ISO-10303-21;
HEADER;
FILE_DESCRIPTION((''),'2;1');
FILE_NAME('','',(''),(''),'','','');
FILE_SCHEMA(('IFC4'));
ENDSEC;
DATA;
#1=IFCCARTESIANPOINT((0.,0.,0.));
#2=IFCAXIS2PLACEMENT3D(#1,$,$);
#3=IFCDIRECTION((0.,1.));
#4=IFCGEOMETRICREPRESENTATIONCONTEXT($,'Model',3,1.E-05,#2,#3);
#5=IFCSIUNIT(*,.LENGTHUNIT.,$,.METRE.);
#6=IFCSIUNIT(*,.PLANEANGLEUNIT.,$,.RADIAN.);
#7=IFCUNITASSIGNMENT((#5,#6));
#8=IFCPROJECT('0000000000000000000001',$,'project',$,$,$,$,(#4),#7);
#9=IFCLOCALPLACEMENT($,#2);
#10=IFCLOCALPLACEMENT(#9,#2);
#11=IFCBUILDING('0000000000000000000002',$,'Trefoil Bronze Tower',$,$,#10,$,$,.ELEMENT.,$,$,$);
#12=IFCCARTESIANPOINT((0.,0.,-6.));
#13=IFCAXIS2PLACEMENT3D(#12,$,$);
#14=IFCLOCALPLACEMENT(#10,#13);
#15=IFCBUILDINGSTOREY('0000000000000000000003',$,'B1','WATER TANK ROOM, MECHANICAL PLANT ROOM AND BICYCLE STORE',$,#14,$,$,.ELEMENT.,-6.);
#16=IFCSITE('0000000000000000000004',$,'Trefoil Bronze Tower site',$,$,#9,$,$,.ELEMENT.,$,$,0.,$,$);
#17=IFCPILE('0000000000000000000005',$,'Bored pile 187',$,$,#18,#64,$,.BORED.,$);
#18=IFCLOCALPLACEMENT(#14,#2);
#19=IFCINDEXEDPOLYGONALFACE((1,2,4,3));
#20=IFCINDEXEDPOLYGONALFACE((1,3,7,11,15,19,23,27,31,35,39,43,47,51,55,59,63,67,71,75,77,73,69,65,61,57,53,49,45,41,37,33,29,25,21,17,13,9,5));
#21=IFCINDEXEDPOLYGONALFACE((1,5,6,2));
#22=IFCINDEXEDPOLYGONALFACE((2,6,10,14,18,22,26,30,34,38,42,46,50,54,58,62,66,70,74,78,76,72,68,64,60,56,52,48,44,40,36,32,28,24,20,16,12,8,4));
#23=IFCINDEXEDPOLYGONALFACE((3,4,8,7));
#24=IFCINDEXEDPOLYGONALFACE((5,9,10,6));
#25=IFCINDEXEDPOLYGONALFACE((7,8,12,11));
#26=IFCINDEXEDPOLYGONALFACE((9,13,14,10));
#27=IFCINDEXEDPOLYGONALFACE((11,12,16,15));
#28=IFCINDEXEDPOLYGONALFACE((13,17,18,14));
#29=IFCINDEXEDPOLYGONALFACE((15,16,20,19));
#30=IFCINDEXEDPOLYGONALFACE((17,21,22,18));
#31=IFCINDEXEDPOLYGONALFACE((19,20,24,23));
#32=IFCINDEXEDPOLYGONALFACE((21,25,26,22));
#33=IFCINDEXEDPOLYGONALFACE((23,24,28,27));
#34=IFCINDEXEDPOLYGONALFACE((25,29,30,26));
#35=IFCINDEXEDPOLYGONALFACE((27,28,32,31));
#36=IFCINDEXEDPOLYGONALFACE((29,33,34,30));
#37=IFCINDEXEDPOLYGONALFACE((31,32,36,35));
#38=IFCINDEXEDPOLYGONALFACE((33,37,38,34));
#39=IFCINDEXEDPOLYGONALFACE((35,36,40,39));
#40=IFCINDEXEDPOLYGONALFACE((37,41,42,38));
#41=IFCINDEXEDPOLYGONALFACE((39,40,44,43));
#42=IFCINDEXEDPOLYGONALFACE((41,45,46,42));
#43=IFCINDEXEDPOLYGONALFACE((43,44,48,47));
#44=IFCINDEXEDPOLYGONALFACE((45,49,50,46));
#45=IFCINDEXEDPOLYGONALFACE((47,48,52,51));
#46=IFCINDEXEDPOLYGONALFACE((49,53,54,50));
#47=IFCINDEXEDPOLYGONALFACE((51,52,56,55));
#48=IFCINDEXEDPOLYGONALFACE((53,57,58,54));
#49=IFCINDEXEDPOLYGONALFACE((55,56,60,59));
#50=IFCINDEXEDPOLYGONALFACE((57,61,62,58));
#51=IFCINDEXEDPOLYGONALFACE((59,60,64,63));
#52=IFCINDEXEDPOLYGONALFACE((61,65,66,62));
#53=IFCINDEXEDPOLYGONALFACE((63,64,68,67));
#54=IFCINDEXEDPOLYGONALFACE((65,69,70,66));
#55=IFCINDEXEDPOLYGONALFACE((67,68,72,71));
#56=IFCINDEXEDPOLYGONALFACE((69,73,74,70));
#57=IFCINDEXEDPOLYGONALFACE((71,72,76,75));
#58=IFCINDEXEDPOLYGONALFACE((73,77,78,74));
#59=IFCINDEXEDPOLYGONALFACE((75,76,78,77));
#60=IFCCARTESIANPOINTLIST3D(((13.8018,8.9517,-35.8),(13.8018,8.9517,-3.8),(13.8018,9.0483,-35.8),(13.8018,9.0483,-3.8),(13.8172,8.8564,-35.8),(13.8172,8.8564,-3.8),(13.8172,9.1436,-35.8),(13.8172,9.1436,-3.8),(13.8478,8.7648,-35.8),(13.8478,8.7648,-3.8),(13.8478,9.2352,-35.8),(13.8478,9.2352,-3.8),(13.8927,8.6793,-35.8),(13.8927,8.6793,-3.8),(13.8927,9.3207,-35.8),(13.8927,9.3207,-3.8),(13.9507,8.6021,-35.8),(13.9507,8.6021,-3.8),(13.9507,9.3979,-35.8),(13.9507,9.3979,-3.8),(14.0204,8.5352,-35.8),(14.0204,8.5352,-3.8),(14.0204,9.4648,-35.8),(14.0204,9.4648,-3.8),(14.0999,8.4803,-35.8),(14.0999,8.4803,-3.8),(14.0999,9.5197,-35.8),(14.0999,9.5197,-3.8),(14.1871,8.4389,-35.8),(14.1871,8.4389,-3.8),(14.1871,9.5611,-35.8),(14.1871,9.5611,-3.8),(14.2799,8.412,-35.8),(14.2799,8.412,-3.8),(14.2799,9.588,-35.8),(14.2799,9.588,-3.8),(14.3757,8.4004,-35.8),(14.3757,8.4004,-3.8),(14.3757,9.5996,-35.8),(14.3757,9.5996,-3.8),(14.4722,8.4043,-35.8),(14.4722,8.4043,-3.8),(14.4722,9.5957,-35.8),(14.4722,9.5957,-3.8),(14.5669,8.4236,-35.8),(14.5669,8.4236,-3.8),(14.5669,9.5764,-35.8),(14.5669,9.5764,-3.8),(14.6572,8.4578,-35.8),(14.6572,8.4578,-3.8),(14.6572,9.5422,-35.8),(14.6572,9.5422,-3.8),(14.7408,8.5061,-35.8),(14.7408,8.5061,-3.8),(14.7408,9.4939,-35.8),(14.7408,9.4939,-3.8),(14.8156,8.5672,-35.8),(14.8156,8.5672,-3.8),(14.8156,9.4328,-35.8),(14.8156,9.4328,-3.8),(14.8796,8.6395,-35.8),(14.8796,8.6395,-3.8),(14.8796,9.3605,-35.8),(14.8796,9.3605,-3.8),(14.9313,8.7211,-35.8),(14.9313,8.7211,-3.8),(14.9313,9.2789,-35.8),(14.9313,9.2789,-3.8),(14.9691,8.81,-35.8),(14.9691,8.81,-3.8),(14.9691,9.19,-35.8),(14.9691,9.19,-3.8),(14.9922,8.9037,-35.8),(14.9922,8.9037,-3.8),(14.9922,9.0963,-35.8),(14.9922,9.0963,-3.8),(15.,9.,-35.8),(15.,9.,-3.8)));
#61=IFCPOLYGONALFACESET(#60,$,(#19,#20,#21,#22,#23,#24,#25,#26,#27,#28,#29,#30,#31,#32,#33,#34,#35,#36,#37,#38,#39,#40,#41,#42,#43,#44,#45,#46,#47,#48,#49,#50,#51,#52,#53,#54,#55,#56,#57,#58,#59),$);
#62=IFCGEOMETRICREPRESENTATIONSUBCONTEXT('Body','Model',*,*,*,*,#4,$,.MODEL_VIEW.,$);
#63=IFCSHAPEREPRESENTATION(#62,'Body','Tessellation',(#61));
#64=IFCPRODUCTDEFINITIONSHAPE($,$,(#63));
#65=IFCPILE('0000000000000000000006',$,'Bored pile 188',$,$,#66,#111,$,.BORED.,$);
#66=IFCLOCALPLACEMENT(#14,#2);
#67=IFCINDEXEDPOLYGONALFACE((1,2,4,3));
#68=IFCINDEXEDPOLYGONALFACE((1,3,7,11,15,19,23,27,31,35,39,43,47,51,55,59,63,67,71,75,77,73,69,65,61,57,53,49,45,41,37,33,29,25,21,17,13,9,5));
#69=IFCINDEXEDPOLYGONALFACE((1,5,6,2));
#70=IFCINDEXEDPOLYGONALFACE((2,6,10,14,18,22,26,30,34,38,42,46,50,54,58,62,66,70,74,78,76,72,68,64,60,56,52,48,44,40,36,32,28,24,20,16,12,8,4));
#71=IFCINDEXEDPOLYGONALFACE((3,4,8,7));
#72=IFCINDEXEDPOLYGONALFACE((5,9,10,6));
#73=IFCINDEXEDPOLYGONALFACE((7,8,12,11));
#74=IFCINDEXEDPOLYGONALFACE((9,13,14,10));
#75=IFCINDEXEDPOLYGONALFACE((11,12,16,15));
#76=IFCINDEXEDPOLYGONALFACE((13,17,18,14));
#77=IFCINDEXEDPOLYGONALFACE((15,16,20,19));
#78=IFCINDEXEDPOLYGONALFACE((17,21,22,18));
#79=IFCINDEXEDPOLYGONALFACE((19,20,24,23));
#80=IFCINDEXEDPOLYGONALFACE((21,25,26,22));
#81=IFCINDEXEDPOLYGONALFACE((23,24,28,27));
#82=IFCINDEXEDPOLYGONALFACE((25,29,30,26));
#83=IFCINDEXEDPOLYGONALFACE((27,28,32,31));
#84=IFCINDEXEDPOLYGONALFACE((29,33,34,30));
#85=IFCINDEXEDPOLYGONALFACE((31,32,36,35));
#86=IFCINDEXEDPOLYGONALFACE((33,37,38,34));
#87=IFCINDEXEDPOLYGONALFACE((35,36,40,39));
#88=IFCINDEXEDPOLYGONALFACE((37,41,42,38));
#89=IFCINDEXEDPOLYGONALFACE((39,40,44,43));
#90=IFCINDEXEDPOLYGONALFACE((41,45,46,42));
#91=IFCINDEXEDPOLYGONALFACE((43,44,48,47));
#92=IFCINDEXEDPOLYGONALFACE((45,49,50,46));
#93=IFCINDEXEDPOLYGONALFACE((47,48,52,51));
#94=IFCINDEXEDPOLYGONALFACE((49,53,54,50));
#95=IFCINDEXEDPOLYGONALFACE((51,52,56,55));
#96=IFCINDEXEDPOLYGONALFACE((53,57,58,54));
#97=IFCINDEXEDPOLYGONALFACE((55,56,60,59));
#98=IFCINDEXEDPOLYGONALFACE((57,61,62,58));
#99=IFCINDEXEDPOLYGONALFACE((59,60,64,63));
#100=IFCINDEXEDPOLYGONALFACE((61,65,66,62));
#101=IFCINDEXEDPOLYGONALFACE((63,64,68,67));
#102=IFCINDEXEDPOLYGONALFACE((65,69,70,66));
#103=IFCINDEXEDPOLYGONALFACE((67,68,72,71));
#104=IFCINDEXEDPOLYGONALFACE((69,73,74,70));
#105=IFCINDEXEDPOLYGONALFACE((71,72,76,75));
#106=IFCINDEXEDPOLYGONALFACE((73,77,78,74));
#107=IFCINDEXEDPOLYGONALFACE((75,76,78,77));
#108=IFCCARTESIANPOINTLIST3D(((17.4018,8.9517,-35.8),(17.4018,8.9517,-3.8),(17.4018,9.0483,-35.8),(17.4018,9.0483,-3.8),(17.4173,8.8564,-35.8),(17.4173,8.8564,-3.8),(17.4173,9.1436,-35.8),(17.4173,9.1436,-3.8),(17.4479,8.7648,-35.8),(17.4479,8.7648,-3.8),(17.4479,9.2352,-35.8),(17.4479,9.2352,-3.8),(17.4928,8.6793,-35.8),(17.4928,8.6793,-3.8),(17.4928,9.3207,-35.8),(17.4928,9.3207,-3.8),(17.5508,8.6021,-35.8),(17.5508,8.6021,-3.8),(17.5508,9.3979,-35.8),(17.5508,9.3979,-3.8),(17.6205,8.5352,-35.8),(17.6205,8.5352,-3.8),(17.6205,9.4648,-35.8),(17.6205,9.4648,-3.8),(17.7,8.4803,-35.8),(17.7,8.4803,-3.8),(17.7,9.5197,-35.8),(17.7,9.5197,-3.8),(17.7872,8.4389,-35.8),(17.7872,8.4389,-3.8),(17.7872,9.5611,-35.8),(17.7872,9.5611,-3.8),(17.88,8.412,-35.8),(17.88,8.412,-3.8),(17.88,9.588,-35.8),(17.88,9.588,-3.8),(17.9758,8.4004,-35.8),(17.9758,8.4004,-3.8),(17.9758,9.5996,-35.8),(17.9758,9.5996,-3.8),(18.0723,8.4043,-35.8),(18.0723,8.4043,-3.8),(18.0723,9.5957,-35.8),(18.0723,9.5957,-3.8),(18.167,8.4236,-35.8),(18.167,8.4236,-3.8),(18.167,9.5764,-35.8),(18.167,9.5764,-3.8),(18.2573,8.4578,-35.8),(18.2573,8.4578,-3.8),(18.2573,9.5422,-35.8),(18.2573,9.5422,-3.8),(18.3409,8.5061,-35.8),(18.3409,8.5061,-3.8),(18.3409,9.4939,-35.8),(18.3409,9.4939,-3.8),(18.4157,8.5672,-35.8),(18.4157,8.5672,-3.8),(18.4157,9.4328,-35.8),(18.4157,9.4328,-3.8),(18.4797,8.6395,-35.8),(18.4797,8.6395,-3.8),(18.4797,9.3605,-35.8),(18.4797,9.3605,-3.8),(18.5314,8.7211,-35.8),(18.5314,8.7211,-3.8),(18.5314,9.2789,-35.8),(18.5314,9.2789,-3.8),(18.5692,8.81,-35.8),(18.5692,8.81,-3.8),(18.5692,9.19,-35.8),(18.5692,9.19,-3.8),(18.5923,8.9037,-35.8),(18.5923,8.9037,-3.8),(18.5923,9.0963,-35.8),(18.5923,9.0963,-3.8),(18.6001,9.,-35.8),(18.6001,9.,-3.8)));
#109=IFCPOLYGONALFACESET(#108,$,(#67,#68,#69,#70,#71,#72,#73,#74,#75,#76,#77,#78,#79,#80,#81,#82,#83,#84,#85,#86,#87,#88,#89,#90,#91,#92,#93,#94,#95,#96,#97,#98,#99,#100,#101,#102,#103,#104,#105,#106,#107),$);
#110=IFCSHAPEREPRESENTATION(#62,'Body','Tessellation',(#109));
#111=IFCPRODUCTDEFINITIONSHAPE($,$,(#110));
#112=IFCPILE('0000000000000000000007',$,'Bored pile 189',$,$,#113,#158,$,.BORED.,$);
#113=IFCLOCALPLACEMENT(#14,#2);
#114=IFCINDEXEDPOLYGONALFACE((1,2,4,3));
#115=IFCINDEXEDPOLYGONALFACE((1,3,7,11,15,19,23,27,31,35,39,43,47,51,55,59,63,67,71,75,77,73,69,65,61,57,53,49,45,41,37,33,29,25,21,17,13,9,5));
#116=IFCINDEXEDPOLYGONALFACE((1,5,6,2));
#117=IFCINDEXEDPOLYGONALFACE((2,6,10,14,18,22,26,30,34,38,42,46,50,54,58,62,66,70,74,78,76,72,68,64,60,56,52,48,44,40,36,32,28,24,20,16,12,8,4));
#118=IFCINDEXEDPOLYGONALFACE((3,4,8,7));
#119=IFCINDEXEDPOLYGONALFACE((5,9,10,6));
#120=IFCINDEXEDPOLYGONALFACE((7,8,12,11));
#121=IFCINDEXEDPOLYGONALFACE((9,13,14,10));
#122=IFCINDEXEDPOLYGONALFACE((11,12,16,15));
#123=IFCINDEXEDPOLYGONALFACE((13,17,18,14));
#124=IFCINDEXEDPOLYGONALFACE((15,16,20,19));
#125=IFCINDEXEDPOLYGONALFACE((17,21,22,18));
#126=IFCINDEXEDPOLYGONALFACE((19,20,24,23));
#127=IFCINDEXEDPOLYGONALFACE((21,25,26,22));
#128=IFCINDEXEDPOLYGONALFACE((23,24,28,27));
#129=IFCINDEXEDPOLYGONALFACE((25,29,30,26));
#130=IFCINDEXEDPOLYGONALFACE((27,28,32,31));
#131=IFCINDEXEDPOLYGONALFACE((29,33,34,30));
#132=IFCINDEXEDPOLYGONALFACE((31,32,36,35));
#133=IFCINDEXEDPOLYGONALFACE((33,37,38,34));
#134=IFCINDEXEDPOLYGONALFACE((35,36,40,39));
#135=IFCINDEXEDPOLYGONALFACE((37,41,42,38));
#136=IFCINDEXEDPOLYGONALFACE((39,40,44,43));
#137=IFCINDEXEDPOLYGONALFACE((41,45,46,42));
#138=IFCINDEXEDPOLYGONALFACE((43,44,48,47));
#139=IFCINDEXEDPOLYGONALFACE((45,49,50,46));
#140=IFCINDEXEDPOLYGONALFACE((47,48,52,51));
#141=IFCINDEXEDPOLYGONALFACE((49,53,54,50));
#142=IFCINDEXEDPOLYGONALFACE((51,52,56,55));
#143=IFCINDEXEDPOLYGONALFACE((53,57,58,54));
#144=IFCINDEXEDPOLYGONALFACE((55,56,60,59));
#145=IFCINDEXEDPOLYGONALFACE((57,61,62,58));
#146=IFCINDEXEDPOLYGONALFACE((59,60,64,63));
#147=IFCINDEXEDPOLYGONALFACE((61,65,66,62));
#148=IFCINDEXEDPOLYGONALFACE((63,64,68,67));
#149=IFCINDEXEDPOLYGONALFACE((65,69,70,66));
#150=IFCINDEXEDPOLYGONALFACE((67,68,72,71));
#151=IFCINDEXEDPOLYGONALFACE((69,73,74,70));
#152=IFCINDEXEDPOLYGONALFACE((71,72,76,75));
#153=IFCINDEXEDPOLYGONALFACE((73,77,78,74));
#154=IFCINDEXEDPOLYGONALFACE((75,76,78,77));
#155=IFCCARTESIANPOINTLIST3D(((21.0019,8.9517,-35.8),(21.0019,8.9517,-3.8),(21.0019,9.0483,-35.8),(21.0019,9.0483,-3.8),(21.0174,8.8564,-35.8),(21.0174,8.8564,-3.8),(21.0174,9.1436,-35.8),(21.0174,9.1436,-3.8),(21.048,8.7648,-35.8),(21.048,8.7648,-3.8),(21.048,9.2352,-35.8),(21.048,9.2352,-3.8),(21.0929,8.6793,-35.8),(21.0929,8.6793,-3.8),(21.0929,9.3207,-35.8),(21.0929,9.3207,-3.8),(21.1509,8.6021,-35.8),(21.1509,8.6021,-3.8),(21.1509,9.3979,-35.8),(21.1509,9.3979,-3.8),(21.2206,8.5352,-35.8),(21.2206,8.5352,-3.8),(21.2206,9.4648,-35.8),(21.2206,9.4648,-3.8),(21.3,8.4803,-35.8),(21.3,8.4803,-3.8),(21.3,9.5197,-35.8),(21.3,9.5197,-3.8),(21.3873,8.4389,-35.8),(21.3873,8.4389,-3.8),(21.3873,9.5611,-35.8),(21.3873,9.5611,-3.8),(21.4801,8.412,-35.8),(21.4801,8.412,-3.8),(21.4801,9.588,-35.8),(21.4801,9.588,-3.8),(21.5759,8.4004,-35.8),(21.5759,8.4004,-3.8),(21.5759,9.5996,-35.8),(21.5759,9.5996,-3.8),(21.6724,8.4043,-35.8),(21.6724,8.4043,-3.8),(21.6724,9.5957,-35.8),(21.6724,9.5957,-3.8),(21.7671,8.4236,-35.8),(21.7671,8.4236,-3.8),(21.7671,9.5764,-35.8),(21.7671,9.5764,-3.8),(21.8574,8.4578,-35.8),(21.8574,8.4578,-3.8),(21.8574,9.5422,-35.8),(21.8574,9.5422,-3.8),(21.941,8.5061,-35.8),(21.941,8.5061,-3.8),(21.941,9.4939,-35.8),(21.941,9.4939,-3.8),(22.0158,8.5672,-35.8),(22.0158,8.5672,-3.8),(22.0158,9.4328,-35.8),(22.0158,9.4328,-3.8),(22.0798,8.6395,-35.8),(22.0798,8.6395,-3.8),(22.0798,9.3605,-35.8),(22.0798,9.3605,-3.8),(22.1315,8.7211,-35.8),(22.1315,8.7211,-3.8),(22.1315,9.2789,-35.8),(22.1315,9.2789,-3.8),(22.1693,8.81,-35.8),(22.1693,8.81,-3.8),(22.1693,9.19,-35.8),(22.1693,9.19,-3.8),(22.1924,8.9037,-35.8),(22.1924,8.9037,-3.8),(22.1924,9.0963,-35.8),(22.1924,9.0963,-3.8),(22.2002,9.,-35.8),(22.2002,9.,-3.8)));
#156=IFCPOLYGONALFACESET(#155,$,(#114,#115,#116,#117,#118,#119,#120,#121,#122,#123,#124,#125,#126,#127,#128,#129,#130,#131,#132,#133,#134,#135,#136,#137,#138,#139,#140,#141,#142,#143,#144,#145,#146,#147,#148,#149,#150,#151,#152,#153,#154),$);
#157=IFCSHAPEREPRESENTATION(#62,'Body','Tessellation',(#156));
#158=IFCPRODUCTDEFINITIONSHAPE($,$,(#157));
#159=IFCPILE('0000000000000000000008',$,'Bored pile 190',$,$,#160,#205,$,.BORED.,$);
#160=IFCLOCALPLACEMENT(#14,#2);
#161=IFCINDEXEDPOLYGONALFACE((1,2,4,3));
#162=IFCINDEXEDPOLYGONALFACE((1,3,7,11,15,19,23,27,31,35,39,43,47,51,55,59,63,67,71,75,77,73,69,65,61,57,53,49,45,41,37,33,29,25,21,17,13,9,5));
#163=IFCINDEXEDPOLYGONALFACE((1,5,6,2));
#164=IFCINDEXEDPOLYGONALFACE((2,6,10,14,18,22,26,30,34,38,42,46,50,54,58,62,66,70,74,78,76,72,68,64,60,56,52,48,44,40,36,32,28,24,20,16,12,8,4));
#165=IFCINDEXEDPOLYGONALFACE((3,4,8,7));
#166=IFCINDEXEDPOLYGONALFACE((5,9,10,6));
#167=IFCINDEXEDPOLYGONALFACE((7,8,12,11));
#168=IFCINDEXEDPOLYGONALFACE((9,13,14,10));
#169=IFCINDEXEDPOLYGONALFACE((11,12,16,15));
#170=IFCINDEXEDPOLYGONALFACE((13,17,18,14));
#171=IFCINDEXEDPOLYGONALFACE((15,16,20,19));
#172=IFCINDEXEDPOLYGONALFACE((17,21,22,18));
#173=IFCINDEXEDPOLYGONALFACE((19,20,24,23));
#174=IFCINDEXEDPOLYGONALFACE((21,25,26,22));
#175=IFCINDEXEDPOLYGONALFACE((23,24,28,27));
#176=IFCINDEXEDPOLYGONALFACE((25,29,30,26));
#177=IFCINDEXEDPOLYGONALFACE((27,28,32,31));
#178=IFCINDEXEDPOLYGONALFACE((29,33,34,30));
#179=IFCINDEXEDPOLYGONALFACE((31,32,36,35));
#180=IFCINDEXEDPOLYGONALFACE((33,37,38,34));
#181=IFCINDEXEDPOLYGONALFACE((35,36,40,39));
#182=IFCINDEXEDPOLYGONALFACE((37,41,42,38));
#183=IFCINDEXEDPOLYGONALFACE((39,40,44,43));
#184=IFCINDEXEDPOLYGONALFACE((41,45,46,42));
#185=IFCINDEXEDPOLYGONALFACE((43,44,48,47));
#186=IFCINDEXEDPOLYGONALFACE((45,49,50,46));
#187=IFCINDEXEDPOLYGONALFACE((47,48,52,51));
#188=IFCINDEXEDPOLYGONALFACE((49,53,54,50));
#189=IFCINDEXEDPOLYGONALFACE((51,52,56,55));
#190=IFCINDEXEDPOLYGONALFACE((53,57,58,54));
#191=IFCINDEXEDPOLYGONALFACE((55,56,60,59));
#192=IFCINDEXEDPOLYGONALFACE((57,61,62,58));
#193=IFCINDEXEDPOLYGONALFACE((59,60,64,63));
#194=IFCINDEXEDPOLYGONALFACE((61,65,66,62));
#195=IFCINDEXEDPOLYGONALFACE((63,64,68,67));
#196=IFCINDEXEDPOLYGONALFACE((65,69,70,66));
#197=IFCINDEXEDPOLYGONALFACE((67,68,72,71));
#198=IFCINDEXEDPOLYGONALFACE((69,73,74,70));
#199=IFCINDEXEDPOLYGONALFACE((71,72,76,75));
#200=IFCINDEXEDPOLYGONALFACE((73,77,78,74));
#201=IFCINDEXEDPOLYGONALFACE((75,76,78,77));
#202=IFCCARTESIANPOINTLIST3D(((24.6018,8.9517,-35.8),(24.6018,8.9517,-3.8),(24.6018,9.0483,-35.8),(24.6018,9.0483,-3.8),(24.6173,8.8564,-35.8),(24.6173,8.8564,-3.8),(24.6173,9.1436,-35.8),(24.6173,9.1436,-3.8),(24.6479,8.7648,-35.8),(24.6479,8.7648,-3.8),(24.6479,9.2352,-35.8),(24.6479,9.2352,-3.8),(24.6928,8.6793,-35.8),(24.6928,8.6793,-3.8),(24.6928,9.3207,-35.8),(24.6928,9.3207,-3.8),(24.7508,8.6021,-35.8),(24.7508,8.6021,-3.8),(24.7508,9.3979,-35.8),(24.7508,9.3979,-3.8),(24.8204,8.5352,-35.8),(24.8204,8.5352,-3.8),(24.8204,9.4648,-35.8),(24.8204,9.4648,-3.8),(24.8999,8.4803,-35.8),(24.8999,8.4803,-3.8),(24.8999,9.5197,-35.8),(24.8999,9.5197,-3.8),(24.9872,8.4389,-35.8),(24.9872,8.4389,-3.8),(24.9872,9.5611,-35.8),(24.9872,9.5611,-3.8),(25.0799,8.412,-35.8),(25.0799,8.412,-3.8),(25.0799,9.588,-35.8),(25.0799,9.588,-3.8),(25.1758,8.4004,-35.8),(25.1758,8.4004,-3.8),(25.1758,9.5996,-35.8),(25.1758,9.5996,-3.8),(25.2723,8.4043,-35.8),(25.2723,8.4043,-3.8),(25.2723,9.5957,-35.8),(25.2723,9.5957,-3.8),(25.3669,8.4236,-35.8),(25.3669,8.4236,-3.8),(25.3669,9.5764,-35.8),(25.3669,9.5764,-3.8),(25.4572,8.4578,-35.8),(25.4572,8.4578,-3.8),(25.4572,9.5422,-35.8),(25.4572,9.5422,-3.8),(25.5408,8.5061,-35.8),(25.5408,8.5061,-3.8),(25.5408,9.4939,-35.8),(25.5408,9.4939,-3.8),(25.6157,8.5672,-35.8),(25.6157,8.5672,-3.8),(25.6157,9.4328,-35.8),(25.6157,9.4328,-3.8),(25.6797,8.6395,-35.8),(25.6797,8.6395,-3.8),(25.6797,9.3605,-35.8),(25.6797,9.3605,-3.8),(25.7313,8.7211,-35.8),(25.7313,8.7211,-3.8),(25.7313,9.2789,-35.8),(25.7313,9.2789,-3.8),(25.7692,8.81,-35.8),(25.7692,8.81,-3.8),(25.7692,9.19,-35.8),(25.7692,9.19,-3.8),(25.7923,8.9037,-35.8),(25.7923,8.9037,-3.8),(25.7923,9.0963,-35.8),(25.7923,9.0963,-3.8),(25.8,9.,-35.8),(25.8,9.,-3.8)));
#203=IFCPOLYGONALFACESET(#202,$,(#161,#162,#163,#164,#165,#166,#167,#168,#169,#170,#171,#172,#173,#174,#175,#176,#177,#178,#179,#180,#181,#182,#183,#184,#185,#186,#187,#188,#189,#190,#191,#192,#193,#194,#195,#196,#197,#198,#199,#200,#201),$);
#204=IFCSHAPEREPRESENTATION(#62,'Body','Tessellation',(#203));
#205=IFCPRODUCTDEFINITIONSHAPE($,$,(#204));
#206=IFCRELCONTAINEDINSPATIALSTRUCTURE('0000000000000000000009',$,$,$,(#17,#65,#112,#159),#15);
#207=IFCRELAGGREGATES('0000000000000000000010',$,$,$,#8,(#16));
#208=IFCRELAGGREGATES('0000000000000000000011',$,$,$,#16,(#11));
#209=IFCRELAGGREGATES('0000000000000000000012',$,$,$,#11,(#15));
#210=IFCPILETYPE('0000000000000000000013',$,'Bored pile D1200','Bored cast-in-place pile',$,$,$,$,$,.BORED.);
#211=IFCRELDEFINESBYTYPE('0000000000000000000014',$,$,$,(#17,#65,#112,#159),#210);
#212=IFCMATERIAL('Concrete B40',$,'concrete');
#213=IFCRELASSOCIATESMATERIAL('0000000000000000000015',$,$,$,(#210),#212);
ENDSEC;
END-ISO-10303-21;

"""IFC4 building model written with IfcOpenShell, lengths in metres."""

from ifc_helpers import new_model, si_unit, direction, frame, origin, origin_2d, place, context, subcontext, project, spatial, circle, extrude, material, type_object, element, save


model = new_model("IFC4")

# Units and contexts
model_context = context("Model", 3, precision=1e-05, world=origin(), true_north=direction((0.0, 1.0)))
body_context = subcontext(model_context, "Body", "Model", "MODEL_VIEW")
ifc_project = project(units=[si_unit("LENGTHUNIT", "METRE"), si_unit("PLANEANGLEUNIT", "RADIAN")], contexts=[model_context])

# Site, building, storey
site_placement = place(None, origin())
site = spatial("IfcSite", under=ifc_project, at=site_placement, Name="Trefoil Bronze Tower site", CompositionType="ELEMENT", RefElevation=0.0)
building_placement = place(site_placement, origin())
building = spatial("IfcBuilding", under=site, at=building_placement, Name="Trefoil Bronze Tower", CompositionType="ELEMENT")
storey_placement = place(building_placement, frame((0.0, 0.0, -6.0)))
storey = spatial("IfcBuildingStorey", under=building, at=storey_placement, Name="B1", Description="WATER TANK ROOM, MECHANICAL PLANT ROOM AND BICYCLE STORE", CompositionType="ELEMENT", Elevation=-6.0)

# Piles
ifc_material_1 = material(Name="Concrete B40", Category="concrete")
pile_type = type_object("IfcPileType", Name="Bored pile D1200", Description="Bored cast-in-place pile", PredefinedType="BORED", material=ifc_material_1)
for number, where, z_axis, x_axis, name in (
    (1, (14.3999, 9.0, -3.8), (0.0, 0.0, -1.0), (1.0, 0.0, 0.0), "Bored pile 187"),
    (2, (18.0, 9.0, -3.8), (0.0, 0.0, -1.0), (1.0, 0.0, 0.0), "Bored pile 188"),
    (3, (21.6001, 9.0, -3.8), (0.0, 0.0, -1.0), (1.0, 0.0, 0.0), "Bored pile 189"),
    (4, (25.2, 9.0, -3.8), (0.0, 0.0, -1.0), (1.0, 0.0, 0.0), "Bored pile 190"),
):
    element("IfcPile", number, at=place(storey_placement, frame(where, z_axis=z_axis, x_axis=x_axis)), inside=storey, type_object=pile_type, Name=name, PredefinedType="BORED", context=body_context, shape_type="SweptSolid", body=[
        extrude(circle(Radius=0.6001, at=origin_2d()), origin(), (0.0, 0.0, 1.0), 32.0),
    ])

save(model, "model.ifc")
